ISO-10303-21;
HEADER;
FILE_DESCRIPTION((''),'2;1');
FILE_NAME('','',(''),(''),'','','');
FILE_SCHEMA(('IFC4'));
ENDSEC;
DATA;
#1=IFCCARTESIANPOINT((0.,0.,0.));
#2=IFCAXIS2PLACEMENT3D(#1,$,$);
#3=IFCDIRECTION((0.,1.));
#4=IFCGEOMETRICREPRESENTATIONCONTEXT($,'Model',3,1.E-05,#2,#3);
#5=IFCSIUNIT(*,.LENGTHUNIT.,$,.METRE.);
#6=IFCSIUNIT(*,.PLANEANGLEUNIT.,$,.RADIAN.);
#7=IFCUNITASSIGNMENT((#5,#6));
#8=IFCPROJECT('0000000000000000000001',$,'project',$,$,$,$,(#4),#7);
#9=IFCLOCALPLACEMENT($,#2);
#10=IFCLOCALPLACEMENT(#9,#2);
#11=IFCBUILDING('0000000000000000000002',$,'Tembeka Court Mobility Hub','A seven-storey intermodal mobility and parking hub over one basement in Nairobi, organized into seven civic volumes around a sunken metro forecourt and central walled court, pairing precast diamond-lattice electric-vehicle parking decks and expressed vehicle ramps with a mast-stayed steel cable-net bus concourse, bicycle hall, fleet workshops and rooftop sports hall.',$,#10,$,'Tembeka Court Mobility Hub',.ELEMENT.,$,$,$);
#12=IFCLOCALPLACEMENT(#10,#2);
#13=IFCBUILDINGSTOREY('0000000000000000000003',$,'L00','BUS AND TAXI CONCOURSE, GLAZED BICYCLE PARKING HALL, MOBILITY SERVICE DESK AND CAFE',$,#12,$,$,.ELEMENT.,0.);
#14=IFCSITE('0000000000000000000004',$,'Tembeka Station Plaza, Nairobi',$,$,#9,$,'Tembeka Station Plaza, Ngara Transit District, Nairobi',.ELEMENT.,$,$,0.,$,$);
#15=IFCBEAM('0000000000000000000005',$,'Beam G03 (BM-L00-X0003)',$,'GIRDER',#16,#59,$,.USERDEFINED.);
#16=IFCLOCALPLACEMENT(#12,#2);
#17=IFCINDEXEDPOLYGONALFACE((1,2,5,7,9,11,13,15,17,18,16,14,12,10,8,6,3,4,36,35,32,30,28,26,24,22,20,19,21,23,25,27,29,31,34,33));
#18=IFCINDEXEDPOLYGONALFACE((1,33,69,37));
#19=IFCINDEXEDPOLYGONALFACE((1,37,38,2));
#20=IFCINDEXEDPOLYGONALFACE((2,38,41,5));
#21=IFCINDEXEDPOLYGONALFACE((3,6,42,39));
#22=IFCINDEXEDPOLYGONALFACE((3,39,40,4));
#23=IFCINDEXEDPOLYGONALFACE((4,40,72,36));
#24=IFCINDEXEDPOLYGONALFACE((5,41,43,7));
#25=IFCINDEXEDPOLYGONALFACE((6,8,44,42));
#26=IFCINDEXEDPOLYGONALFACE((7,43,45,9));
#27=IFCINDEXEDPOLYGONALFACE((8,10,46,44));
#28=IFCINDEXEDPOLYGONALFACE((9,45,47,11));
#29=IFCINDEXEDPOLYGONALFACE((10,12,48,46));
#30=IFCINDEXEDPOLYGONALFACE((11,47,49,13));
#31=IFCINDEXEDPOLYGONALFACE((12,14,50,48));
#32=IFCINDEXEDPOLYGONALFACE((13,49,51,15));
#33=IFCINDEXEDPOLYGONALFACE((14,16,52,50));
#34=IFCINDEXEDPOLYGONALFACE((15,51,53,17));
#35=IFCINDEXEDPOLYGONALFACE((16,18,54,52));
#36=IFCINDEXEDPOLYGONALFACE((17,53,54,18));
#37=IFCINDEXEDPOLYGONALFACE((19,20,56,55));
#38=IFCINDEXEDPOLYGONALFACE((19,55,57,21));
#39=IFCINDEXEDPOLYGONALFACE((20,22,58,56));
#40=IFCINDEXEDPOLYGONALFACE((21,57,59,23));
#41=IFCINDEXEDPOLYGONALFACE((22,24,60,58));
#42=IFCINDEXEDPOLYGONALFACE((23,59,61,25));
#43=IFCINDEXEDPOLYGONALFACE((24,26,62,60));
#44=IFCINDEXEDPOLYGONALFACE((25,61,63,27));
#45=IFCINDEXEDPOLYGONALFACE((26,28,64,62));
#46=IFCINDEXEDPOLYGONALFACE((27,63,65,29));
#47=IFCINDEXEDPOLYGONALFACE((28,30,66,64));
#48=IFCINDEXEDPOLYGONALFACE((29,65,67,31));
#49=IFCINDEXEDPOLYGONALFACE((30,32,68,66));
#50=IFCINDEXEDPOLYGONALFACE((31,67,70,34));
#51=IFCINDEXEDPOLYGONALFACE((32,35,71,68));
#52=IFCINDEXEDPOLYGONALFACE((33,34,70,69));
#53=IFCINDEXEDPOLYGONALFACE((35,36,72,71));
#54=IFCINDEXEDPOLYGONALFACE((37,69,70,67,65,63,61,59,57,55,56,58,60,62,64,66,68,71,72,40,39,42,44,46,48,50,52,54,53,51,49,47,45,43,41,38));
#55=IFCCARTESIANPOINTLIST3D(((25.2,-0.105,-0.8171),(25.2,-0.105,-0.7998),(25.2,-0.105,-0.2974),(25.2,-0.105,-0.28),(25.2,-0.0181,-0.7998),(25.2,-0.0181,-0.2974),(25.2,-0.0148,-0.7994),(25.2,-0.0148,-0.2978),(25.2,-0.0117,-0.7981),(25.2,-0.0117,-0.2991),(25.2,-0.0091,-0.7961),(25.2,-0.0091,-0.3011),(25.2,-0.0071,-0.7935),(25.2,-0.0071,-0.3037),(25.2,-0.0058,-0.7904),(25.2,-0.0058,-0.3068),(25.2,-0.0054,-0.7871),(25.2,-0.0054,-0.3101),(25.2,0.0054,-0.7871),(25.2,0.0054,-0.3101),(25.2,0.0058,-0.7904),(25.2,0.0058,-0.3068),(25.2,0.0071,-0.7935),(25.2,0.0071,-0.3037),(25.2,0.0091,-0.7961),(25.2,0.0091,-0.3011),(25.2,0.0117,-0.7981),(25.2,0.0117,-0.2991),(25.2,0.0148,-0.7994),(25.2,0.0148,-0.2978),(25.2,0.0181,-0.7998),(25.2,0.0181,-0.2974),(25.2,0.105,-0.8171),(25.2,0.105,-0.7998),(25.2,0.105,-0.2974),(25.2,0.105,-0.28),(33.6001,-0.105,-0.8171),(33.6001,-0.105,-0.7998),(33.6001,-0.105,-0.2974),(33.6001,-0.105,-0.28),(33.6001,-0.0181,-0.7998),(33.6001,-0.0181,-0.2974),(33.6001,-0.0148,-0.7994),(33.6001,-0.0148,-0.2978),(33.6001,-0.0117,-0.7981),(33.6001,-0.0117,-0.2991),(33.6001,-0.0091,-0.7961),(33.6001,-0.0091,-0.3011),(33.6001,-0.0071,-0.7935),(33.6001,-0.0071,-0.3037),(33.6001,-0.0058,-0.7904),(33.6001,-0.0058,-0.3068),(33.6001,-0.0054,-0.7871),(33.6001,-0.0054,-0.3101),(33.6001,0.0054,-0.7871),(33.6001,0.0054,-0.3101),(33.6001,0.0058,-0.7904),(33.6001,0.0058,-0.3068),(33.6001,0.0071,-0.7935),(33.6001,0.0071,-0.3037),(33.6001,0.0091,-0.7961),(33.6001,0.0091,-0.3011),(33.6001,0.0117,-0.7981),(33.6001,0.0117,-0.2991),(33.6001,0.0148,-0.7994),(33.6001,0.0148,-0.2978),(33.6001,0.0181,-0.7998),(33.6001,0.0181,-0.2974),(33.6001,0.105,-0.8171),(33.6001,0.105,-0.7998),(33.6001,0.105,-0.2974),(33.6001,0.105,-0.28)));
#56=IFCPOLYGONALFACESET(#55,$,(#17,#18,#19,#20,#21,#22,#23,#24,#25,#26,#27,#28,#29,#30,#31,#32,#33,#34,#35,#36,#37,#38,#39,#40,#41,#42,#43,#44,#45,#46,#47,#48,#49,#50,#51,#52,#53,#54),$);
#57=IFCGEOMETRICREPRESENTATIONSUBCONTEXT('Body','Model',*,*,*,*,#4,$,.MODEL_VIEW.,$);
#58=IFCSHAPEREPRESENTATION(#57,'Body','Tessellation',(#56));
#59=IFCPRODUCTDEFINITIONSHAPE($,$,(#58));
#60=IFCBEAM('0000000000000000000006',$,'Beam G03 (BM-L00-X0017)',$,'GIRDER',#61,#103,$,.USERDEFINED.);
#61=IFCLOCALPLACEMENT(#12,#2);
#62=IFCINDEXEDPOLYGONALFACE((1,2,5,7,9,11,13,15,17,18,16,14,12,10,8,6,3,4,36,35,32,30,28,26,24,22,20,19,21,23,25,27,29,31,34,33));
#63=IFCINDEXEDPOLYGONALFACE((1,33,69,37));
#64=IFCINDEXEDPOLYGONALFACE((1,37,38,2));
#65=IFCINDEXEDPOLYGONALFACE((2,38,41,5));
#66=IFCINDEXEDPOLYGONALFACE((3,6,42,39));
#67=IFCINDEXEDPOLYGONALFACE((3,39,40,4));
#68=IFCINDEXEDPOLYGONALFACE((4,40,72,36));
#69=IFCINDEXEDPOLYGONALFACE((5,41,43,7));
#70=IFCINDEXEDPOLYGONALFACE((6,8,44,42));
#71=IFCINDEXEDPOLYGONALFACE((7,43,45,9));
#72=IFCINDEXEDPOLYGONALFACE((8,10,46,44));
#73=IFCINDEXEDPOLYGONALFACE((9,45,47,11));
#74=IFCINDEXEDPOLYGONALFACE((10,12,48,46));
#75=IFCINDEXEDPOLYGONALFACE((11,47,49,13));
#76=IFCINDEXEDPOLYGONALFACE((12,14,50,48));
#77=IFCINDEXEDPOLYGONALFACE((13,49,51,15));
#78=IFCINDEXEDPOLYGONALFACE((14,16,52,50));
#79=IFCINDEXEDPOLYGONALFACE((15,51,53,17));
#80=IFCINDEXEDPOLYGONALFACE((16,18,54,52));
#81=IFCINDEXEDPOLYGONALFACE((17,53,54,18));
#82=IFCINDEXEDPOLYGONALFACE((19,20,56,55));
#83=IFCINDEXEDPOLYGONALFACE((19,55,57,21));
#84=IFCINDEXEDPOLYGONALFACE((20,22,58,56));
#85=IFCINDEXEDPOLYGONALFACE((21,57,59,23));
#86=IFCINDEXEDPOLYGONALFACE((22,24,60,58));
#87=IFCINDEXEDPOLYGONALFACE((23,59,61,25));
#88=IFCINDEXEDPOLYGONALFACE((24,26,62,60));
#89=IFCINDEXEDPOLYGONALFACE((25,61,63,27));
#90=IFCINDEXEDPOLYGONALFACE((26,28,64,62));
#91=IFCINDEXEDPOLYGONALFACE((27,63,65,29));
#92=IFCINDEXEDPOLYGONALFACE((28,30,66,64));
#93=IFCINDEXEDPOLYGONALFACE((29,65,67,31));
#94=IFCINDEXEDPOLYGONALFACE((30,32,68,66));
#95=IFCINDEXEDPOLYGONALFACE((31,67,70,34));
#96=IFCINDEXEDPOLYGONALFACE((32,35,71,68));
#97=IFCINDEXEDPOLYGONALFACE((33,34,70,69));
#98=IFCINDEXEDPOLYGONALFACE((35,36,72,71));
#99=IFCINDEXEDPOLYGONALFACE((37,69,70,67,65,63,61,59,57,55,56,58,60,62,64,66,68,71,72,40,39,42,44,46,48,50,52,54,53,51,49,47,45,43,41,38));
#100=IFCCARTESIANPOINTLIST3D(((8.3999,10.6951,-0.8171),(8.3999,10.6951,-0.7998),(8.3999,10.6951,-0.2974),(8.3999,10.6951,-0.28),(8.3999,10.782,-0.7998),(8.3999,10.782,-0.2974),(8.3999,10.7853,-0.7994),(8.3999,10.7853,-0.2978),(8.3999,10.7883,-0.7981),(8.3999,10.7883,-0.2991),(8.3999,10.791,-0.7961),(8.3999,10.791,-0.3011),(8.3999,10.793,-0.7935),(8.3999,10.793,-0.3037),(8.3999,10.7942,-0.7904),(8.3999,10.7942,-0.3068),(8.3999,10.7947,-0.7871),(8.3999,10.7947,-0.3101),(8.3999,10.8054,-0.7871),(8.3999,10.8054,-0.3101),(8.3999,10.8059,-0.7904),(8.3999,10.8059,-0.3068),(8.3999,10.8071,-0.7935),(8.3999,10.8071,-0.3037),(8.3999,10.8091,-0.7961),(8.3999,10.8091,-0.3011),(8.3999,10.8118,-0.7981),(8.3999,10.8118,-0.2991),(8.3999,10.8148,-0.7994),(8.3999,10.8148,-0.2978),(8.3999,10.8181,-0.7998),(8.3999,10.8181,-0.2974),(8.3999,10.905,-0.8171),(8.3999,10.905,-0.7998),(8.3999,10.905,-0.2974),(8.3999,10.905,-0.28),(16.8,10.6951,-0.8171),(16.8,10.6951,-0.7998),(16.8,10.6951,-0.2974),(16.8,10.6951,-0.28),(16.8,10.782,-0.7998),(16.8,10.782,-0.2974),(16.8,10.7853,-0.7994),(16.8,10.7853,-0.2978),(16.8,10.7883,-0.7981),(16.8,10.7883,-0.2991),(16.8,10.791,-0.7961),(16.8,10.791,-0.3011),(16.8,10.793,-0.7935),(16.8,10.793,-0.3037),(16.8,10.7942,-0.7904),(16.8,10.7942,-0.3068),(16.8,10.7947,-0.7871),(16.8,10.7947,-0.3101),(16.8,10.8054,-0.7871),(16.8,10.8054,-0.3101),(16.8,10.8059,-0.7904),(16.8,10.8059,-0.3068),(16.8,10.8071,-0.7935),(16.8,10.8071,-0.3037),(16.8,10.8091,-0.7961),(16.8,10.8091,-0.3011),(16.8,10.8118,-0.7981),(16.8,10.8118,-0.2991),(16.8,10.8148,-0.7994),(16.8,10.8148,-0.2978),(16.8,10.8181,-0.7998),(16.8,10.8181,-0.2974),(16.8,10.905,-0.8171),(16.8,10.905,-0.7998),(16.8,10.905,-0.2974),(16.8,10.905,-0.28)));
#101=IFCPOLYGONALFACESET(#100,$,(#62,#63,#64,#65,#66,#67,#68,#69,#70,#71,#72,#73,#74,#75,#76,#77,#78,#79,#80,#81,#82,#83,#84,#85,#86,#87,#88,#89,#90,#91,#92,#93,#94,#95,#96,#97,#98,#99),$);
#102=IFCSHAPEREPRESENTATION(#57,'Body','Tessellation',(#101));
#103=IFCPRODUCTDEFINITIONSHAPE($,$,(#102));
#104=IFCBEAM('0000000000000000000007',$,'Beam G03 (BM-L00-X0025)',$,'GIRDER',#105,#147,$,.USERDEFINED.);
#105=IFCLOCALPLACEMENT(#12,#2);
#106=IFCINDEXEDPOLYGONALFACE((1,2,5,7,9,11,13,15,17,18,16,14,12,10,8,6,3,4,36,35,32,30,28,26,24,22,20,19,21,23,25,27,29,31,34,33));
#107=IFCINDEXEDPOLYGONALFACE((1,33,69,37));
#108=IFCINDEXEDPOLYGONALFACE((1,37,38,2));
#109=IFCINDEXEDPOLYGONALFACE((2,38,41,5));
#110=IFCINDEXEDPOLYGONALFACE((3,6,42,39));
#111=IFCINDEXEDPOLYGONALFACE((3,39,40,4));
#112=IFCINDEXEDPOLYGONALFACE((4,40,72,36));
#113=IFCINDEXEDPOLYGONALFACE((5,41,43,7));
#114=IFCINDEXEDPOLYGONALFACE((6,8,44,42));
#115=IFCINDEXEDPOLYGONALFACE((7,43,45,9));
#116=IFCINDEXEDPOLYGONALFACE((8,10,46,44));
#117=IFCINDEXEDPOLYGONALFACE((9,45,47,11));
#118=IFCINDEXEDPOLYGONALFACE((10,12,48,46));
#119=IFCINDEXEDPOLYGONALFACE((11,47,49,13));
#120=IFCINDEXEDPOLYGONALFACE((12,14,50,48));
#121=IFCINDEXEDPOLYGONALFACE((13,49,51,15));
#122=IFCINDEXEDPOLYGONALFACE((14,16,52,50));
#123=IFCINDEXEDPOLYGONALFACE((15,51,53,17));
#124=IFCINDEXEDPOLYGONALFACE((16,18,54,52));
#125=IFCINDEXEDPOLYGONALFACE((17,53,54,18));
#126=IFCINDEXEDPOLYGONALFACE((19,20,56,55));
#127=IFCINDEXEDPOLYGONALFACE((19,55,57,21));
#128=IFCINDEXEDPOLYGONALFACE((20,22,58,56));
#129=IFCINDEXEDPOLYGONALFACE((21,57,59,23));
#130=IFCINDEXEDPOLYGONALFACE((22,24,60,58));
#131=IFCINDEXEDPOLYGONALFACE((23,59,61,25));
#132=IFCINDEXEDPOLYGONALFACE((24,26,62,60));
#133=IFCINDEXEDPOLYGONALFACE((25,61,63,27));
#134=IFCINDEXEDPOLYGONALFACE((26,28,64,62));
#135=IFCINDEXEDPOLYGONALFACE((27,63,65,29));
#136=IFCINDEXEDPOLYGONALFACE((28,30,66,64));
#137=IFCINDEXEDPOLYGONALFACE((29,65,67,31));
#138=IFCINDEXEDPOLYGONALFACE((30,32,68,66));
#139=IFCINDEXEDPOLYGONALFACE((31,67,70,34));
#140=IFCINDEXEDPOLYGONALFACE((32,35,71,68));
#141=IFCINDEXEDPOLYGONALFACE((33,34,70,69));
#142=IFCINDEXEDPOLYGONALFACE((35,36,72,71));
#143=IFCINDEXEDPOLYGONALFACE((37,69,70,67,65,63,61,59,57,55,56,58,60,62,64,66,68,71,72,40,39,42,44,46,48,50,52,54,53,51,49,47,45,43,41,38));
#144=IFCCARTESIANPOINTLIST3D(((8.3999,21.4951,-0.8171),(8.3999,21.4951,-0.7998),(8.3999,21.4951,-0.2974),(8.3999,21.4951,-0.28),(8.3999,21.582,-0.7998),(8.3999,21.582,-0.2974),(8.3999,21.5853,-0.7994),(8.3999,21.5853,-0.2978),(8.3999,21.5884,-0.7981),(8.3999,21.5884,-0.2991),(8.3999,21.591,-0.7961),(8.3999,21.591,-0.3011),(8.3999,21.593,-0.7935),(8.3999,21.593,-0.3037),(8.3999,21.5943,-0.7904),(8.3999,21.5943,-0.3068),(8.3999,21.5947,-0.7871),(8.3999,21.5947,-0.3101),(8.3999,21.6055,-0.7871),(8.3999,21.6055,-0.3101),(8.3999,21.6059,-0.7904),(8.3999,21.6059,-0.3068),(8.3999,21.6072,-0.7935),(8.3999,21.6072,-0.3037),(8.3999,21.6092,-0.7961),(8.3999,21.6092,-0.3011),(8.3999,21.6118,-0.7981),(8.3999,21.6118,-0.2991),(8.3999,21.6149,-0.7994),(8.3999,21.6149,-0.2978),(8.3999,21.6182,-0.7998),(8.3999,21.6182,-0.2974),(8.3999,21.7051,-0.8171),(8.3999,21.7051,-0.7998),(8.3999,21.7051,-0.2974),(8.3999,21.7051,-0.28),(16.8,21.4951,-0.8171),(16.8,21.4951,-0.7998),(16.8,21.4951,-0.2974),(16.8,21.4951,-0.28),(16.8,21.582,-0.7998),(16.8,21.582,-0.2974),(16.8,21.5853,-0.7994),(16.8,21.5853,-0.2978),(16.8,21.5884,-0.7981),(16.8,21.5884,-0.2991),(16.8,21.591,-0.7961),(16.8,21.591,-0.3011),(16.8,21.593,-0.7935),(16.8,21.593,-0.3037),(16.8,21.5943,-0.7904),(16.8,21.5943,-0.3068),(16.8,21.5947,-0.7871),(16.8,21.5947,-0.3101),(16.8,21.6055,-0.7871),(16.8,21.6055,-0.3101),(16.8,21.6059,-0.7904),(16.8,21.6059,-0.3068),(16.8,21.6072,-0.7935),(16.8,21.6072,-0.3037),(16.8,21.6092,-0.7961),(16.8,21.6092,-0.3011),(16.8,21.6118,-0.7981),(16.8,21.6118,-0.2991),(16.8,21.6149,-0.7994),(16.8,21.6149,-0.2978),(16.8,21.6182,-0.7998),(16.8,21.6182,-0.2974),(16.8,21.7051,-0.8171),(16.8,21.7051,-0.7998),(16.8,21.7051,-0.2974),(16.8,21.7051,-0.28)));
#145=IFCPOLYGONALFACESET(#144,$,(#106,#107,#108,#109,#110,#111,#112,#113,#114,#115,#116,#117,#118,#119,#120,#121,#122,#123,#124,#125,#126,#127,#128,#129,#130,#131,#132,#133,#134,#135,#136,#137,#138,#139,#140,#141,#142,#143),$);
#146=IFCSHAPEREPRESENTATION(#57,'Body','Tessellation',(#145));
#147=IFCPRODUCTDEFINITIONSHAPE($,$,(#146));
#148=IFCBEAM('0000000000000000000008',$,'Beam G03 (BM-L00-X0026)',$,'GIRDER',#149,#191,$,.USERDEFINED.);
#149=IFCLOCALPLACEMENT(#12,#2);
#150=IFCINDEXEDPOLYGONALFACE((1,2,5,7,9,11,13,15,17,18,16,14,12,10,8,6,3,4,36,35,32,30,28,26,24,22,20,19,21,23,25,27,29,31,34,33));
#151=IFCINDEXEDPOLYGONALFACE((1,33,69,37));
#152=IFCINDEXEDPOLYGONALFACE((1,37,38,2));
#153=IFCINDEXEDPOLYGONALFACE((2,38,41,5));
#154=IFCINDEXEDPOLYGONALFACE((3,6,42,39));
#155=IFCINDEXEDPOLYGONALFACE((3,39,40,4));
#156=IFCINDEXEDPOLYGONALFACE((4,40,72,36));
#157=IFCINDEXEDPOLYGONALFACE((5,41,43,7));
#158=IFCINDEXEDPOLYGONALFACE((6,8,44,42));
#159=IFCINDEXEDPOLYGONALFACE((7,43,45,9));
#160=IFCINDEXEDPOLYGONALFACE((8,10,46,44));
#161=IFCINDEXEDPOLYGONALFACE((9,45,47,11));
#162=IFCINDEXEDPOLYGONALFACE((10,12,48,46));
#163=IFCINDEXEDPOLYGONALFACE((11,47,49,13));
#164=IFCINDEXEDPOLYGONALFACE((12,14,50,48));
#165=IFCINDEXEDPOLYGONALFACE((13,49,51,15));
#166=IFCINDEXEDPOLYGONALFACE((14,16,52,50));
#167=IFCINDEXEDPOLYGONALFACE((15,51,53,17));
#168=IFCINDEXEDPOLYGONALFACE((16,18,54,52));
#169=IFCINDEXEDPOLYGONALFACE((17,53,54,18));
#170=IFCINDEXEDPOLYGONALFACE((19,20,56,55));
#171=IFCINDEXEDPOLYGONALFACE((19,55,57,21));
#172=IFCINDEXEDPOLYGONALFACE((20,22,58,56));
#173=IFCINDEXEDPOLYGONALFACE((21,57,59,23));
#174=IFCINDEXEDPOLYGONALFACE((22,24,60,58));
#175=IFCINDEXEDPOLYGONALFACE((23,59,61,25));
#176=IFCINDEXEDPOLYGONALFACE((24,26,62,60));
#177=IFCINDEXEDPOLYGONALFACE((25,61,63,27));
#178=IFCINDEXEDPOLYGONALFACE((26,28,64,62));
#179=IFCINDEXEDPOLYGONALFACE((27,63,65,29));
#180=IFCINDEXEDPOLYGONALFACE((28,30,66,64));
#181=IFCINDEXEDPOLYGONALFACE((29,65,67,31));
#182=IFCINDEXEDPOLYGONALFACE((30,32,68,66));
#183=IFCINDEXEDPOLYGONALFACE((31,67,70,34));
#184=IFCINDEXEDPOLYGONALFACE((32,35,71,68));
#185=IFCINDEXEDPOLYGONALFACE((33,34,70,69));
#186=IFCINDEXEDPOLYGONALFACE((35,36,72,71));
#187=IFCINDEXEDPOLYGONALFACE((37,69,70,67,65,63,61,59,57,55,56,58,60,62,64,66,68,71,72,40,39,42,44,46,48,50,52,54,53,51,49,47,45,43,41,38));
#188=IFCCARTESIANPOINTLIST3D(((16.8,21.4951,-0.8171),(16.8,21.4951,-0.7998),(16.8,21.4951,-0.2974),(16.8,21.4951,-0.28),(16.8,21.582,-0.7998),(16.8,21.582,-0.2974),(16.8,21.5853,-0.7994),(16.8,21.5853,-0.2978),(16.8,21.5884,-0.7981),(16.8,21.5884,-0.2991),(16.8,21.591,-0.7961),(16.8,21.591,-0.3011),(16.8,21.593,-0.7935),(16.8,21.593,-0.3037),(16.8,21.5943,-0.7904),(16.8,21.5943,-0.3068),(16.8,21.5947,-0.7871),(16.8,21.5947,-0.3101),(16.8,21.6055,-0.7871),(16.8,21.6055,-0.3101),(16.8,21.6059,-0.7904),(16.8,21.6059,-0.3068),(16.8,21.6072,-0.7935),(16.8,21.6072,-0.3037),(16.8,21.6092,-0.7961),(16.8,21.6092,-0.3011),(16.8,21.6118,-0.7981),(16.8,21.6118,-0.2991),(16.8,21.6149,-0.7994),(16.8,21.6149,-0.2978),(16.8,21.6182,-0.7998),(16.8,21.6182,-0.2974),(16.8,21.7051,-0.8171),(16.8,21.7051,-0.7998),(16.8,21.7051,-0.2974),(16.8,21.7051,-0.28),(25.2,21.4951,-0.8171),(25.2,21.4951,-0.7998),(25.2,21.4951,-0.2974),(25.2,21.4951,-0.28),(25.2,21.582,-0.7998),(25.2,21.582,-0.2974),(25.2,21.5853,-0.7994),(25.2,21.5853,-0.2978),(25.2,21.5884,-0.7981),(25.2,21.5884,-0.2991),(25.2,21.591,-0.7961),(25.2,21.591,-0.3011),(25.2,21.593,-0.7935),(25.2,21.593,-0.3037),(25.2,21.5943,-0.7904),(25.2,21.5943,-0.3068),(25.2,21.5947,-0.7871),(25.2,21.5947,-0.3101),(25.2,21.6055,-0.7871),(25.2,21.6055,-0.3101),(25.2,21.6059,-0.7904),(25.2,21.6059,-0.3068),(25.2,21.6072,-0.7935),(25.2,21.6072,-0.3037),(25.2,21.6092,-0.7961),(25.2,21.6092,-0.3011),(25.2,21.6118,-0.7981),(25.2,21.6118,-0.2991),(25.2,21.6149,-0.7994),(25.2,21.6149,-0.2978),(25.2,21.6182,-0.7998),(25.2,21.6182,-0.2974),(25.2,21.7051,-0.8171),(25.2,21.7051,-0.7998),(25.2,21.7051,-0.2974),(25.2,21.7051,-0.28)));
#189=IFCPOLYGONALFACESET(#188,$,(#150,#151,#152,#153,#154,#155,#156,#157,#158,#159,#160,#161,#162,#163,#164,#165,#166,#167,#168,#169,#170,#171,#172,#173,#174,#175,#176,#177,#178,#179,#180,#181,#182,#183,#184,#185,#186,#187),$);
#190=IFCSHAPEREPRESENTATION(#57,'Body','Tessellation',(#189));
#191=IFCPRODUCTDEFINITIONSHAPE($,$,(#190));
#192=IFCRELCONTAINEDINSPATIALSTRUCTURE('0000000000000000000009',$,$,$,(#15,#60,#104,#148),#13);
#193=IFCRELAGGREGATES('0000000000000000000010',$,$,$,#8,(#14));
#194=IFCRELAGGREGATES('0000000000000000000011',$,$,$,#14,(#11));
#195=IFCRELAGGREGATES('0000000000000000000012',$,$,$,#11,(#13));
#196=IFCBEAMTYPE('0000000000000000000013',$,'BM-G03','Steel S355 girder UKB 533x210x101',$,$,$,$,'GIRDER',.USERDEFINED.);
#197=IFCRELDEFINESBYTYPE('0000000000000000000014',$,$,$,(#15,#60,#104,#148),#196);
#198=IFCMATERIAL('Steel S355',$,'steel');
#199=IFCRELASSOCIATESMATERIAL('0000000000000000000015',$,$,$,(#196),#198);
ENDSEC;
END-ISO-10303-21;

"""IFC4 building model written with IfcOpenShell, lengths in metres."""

from ifc_helpers import new_model, si_unit, direction, frame, origin, origin_2d, place, context, subcontext, project, spatial, i_section, extrude, material, material_profile, profile_set, type_object, element, save


model = new_model("IFC4")

# Units and contexts
model_context = context("Model", 3, precision=1e-05, world=origin(), true_north=direction((0.0, 1.0)))
body_context = subcontext(model_context, "Body", "Model", "MODEL_VIEW")
ifc_project = project(units=[si_unit("LENGTHUNIT", "METRE"), si_unit("PLANEANGLEUNIT", "RADIAN")], contexts=[model_context])

# Site, building, storey
site_placement = place(None, origin())
site = spatial("IfcSite", under=ifc_project, at=site_placement, Name="Tembeka Station Plaza, Nairobi", LongName="Tembeka Station Plaza, Ngara Transit District, Nairobi", CompositionType="ELEMENT", RefElevation=0.0)
building_placement = place(site_placement, origin())
building = spatial("IfcBuilding", under=site, at=building_placement, Name="Tembeka Court Mobility Hub", Description="A seven-storey intermodal mobility and parking hub over one basement in Nairobi, organized into seven civic volumes around a sunken metro forecourt and central walled court, pairing precast diamond-lattice electric-vehicle parking decks and expressed vehicle ramps with a mast-stayed steel cable-net bus concourse, bicycle hall, fleet workshops and rooftop sports hall.", LongName="Tembeka Court Mobility Hub", CompositionType="ELEMENT")
storey_placement = place(building_placement, origin())
storey = spatial("IfcBuildingStorey", under=building, at=storey_placement, Name="L00", Description="BUS AND TAXI CONCOURSE, GLAZED BICYCLE PARKING HALL, MOBILITY SERVICE DESK AND CAFE", CompositionType="ELEMENT", Elevation=0.0)

# Shared definitions
ifc_material_1 = material(Name="Steel S355", Category="steel")

# Beams
ifc_material_profile_1 = material_profile(ifc_material_1, i_section(OverallWidth=0.21, OverallDepth=0.5371, WebThickness=0.0107, FlangeThickness=0.0173, FilletRadius=0.0127, at=origin_2d()), Name="UKB 533x210x101")
ifc_profile_set_1 = profile_set([ifc_material_profile_1], Name="Steel S355")
beam_type_1 = type_object("IfcBeamType", Name="BM-G03", Description="Steel S355 girder UKB 533x210x101", ElementType="GIRDER", PredefinedType="USERDEFINED", material=ifc_profile_set_1)
for number, where, z_axis, x_axis, name in (
    (1, (25.2, 0.0, -0.5486), (1.0, 0.0, 0.0), (0.0, 1.0, 0.0), "Beam G03 (BM-L00-X0003)"),
    (2, (8.3999, 10.8, -0.5486), (1.0, 0.0, 0.0), (0.0, 1.0, 0.0), "Beam G03 (BM-L00-X0017)"),
    (3, (8.3999, 21.6001, -0.5486), (1.0, 0.0, 0.0), (0.0, 1.0, 0.0), "Beam G03 (BM-L00-X0025)"),
):
    element("IfcBeam", number, at=place(storey_placement, frame(where, z_axis=z_axis, x_axis=x_axis)), inside=storey, type_object=beam_type_1, Name=name, ObjectType="GIRDER", PredefinedType="USERDEFINED", context=body_context, shape_type="SweptSolid", body=[
        extrude(i_section(OverallWidth=0.21, OverallDepth=0.5371, WebThickness=0.0107, FlangeThickness=0.0173, FilletRadius=0.0127, at=origin_2d()), origin(), (0.0, 0.0, 1.0), 8.4001),
    ])
beam_1_placement = place(storey_placement, frame((16.8, 21.6001, -0.5486), z_axis=(1.0, 0.0, 0.0), x_axis=(0.0, 1.0, 0.0)))
element("IfcBeam", 4, at=beam_1_placement, inside=storey, type_object=beam_type_1, Name="Beam G03 (BM-L00-X0026)", ObjectType="GIRDER", PredefinedType="USERDEFINED", context=body_context, shape_type="SweptSolid", body=[
    extrude(i_section(OverallWidth=0.21, OverallDepth=0.5371, WebThickness=0.0107, FlangeThickness=0.0173, FilletRadius=0.0127, at=origin_2d()), origin(), (0.0, 0.0, 1.0), 8.3999),
])

save(model, "model.ifc")
